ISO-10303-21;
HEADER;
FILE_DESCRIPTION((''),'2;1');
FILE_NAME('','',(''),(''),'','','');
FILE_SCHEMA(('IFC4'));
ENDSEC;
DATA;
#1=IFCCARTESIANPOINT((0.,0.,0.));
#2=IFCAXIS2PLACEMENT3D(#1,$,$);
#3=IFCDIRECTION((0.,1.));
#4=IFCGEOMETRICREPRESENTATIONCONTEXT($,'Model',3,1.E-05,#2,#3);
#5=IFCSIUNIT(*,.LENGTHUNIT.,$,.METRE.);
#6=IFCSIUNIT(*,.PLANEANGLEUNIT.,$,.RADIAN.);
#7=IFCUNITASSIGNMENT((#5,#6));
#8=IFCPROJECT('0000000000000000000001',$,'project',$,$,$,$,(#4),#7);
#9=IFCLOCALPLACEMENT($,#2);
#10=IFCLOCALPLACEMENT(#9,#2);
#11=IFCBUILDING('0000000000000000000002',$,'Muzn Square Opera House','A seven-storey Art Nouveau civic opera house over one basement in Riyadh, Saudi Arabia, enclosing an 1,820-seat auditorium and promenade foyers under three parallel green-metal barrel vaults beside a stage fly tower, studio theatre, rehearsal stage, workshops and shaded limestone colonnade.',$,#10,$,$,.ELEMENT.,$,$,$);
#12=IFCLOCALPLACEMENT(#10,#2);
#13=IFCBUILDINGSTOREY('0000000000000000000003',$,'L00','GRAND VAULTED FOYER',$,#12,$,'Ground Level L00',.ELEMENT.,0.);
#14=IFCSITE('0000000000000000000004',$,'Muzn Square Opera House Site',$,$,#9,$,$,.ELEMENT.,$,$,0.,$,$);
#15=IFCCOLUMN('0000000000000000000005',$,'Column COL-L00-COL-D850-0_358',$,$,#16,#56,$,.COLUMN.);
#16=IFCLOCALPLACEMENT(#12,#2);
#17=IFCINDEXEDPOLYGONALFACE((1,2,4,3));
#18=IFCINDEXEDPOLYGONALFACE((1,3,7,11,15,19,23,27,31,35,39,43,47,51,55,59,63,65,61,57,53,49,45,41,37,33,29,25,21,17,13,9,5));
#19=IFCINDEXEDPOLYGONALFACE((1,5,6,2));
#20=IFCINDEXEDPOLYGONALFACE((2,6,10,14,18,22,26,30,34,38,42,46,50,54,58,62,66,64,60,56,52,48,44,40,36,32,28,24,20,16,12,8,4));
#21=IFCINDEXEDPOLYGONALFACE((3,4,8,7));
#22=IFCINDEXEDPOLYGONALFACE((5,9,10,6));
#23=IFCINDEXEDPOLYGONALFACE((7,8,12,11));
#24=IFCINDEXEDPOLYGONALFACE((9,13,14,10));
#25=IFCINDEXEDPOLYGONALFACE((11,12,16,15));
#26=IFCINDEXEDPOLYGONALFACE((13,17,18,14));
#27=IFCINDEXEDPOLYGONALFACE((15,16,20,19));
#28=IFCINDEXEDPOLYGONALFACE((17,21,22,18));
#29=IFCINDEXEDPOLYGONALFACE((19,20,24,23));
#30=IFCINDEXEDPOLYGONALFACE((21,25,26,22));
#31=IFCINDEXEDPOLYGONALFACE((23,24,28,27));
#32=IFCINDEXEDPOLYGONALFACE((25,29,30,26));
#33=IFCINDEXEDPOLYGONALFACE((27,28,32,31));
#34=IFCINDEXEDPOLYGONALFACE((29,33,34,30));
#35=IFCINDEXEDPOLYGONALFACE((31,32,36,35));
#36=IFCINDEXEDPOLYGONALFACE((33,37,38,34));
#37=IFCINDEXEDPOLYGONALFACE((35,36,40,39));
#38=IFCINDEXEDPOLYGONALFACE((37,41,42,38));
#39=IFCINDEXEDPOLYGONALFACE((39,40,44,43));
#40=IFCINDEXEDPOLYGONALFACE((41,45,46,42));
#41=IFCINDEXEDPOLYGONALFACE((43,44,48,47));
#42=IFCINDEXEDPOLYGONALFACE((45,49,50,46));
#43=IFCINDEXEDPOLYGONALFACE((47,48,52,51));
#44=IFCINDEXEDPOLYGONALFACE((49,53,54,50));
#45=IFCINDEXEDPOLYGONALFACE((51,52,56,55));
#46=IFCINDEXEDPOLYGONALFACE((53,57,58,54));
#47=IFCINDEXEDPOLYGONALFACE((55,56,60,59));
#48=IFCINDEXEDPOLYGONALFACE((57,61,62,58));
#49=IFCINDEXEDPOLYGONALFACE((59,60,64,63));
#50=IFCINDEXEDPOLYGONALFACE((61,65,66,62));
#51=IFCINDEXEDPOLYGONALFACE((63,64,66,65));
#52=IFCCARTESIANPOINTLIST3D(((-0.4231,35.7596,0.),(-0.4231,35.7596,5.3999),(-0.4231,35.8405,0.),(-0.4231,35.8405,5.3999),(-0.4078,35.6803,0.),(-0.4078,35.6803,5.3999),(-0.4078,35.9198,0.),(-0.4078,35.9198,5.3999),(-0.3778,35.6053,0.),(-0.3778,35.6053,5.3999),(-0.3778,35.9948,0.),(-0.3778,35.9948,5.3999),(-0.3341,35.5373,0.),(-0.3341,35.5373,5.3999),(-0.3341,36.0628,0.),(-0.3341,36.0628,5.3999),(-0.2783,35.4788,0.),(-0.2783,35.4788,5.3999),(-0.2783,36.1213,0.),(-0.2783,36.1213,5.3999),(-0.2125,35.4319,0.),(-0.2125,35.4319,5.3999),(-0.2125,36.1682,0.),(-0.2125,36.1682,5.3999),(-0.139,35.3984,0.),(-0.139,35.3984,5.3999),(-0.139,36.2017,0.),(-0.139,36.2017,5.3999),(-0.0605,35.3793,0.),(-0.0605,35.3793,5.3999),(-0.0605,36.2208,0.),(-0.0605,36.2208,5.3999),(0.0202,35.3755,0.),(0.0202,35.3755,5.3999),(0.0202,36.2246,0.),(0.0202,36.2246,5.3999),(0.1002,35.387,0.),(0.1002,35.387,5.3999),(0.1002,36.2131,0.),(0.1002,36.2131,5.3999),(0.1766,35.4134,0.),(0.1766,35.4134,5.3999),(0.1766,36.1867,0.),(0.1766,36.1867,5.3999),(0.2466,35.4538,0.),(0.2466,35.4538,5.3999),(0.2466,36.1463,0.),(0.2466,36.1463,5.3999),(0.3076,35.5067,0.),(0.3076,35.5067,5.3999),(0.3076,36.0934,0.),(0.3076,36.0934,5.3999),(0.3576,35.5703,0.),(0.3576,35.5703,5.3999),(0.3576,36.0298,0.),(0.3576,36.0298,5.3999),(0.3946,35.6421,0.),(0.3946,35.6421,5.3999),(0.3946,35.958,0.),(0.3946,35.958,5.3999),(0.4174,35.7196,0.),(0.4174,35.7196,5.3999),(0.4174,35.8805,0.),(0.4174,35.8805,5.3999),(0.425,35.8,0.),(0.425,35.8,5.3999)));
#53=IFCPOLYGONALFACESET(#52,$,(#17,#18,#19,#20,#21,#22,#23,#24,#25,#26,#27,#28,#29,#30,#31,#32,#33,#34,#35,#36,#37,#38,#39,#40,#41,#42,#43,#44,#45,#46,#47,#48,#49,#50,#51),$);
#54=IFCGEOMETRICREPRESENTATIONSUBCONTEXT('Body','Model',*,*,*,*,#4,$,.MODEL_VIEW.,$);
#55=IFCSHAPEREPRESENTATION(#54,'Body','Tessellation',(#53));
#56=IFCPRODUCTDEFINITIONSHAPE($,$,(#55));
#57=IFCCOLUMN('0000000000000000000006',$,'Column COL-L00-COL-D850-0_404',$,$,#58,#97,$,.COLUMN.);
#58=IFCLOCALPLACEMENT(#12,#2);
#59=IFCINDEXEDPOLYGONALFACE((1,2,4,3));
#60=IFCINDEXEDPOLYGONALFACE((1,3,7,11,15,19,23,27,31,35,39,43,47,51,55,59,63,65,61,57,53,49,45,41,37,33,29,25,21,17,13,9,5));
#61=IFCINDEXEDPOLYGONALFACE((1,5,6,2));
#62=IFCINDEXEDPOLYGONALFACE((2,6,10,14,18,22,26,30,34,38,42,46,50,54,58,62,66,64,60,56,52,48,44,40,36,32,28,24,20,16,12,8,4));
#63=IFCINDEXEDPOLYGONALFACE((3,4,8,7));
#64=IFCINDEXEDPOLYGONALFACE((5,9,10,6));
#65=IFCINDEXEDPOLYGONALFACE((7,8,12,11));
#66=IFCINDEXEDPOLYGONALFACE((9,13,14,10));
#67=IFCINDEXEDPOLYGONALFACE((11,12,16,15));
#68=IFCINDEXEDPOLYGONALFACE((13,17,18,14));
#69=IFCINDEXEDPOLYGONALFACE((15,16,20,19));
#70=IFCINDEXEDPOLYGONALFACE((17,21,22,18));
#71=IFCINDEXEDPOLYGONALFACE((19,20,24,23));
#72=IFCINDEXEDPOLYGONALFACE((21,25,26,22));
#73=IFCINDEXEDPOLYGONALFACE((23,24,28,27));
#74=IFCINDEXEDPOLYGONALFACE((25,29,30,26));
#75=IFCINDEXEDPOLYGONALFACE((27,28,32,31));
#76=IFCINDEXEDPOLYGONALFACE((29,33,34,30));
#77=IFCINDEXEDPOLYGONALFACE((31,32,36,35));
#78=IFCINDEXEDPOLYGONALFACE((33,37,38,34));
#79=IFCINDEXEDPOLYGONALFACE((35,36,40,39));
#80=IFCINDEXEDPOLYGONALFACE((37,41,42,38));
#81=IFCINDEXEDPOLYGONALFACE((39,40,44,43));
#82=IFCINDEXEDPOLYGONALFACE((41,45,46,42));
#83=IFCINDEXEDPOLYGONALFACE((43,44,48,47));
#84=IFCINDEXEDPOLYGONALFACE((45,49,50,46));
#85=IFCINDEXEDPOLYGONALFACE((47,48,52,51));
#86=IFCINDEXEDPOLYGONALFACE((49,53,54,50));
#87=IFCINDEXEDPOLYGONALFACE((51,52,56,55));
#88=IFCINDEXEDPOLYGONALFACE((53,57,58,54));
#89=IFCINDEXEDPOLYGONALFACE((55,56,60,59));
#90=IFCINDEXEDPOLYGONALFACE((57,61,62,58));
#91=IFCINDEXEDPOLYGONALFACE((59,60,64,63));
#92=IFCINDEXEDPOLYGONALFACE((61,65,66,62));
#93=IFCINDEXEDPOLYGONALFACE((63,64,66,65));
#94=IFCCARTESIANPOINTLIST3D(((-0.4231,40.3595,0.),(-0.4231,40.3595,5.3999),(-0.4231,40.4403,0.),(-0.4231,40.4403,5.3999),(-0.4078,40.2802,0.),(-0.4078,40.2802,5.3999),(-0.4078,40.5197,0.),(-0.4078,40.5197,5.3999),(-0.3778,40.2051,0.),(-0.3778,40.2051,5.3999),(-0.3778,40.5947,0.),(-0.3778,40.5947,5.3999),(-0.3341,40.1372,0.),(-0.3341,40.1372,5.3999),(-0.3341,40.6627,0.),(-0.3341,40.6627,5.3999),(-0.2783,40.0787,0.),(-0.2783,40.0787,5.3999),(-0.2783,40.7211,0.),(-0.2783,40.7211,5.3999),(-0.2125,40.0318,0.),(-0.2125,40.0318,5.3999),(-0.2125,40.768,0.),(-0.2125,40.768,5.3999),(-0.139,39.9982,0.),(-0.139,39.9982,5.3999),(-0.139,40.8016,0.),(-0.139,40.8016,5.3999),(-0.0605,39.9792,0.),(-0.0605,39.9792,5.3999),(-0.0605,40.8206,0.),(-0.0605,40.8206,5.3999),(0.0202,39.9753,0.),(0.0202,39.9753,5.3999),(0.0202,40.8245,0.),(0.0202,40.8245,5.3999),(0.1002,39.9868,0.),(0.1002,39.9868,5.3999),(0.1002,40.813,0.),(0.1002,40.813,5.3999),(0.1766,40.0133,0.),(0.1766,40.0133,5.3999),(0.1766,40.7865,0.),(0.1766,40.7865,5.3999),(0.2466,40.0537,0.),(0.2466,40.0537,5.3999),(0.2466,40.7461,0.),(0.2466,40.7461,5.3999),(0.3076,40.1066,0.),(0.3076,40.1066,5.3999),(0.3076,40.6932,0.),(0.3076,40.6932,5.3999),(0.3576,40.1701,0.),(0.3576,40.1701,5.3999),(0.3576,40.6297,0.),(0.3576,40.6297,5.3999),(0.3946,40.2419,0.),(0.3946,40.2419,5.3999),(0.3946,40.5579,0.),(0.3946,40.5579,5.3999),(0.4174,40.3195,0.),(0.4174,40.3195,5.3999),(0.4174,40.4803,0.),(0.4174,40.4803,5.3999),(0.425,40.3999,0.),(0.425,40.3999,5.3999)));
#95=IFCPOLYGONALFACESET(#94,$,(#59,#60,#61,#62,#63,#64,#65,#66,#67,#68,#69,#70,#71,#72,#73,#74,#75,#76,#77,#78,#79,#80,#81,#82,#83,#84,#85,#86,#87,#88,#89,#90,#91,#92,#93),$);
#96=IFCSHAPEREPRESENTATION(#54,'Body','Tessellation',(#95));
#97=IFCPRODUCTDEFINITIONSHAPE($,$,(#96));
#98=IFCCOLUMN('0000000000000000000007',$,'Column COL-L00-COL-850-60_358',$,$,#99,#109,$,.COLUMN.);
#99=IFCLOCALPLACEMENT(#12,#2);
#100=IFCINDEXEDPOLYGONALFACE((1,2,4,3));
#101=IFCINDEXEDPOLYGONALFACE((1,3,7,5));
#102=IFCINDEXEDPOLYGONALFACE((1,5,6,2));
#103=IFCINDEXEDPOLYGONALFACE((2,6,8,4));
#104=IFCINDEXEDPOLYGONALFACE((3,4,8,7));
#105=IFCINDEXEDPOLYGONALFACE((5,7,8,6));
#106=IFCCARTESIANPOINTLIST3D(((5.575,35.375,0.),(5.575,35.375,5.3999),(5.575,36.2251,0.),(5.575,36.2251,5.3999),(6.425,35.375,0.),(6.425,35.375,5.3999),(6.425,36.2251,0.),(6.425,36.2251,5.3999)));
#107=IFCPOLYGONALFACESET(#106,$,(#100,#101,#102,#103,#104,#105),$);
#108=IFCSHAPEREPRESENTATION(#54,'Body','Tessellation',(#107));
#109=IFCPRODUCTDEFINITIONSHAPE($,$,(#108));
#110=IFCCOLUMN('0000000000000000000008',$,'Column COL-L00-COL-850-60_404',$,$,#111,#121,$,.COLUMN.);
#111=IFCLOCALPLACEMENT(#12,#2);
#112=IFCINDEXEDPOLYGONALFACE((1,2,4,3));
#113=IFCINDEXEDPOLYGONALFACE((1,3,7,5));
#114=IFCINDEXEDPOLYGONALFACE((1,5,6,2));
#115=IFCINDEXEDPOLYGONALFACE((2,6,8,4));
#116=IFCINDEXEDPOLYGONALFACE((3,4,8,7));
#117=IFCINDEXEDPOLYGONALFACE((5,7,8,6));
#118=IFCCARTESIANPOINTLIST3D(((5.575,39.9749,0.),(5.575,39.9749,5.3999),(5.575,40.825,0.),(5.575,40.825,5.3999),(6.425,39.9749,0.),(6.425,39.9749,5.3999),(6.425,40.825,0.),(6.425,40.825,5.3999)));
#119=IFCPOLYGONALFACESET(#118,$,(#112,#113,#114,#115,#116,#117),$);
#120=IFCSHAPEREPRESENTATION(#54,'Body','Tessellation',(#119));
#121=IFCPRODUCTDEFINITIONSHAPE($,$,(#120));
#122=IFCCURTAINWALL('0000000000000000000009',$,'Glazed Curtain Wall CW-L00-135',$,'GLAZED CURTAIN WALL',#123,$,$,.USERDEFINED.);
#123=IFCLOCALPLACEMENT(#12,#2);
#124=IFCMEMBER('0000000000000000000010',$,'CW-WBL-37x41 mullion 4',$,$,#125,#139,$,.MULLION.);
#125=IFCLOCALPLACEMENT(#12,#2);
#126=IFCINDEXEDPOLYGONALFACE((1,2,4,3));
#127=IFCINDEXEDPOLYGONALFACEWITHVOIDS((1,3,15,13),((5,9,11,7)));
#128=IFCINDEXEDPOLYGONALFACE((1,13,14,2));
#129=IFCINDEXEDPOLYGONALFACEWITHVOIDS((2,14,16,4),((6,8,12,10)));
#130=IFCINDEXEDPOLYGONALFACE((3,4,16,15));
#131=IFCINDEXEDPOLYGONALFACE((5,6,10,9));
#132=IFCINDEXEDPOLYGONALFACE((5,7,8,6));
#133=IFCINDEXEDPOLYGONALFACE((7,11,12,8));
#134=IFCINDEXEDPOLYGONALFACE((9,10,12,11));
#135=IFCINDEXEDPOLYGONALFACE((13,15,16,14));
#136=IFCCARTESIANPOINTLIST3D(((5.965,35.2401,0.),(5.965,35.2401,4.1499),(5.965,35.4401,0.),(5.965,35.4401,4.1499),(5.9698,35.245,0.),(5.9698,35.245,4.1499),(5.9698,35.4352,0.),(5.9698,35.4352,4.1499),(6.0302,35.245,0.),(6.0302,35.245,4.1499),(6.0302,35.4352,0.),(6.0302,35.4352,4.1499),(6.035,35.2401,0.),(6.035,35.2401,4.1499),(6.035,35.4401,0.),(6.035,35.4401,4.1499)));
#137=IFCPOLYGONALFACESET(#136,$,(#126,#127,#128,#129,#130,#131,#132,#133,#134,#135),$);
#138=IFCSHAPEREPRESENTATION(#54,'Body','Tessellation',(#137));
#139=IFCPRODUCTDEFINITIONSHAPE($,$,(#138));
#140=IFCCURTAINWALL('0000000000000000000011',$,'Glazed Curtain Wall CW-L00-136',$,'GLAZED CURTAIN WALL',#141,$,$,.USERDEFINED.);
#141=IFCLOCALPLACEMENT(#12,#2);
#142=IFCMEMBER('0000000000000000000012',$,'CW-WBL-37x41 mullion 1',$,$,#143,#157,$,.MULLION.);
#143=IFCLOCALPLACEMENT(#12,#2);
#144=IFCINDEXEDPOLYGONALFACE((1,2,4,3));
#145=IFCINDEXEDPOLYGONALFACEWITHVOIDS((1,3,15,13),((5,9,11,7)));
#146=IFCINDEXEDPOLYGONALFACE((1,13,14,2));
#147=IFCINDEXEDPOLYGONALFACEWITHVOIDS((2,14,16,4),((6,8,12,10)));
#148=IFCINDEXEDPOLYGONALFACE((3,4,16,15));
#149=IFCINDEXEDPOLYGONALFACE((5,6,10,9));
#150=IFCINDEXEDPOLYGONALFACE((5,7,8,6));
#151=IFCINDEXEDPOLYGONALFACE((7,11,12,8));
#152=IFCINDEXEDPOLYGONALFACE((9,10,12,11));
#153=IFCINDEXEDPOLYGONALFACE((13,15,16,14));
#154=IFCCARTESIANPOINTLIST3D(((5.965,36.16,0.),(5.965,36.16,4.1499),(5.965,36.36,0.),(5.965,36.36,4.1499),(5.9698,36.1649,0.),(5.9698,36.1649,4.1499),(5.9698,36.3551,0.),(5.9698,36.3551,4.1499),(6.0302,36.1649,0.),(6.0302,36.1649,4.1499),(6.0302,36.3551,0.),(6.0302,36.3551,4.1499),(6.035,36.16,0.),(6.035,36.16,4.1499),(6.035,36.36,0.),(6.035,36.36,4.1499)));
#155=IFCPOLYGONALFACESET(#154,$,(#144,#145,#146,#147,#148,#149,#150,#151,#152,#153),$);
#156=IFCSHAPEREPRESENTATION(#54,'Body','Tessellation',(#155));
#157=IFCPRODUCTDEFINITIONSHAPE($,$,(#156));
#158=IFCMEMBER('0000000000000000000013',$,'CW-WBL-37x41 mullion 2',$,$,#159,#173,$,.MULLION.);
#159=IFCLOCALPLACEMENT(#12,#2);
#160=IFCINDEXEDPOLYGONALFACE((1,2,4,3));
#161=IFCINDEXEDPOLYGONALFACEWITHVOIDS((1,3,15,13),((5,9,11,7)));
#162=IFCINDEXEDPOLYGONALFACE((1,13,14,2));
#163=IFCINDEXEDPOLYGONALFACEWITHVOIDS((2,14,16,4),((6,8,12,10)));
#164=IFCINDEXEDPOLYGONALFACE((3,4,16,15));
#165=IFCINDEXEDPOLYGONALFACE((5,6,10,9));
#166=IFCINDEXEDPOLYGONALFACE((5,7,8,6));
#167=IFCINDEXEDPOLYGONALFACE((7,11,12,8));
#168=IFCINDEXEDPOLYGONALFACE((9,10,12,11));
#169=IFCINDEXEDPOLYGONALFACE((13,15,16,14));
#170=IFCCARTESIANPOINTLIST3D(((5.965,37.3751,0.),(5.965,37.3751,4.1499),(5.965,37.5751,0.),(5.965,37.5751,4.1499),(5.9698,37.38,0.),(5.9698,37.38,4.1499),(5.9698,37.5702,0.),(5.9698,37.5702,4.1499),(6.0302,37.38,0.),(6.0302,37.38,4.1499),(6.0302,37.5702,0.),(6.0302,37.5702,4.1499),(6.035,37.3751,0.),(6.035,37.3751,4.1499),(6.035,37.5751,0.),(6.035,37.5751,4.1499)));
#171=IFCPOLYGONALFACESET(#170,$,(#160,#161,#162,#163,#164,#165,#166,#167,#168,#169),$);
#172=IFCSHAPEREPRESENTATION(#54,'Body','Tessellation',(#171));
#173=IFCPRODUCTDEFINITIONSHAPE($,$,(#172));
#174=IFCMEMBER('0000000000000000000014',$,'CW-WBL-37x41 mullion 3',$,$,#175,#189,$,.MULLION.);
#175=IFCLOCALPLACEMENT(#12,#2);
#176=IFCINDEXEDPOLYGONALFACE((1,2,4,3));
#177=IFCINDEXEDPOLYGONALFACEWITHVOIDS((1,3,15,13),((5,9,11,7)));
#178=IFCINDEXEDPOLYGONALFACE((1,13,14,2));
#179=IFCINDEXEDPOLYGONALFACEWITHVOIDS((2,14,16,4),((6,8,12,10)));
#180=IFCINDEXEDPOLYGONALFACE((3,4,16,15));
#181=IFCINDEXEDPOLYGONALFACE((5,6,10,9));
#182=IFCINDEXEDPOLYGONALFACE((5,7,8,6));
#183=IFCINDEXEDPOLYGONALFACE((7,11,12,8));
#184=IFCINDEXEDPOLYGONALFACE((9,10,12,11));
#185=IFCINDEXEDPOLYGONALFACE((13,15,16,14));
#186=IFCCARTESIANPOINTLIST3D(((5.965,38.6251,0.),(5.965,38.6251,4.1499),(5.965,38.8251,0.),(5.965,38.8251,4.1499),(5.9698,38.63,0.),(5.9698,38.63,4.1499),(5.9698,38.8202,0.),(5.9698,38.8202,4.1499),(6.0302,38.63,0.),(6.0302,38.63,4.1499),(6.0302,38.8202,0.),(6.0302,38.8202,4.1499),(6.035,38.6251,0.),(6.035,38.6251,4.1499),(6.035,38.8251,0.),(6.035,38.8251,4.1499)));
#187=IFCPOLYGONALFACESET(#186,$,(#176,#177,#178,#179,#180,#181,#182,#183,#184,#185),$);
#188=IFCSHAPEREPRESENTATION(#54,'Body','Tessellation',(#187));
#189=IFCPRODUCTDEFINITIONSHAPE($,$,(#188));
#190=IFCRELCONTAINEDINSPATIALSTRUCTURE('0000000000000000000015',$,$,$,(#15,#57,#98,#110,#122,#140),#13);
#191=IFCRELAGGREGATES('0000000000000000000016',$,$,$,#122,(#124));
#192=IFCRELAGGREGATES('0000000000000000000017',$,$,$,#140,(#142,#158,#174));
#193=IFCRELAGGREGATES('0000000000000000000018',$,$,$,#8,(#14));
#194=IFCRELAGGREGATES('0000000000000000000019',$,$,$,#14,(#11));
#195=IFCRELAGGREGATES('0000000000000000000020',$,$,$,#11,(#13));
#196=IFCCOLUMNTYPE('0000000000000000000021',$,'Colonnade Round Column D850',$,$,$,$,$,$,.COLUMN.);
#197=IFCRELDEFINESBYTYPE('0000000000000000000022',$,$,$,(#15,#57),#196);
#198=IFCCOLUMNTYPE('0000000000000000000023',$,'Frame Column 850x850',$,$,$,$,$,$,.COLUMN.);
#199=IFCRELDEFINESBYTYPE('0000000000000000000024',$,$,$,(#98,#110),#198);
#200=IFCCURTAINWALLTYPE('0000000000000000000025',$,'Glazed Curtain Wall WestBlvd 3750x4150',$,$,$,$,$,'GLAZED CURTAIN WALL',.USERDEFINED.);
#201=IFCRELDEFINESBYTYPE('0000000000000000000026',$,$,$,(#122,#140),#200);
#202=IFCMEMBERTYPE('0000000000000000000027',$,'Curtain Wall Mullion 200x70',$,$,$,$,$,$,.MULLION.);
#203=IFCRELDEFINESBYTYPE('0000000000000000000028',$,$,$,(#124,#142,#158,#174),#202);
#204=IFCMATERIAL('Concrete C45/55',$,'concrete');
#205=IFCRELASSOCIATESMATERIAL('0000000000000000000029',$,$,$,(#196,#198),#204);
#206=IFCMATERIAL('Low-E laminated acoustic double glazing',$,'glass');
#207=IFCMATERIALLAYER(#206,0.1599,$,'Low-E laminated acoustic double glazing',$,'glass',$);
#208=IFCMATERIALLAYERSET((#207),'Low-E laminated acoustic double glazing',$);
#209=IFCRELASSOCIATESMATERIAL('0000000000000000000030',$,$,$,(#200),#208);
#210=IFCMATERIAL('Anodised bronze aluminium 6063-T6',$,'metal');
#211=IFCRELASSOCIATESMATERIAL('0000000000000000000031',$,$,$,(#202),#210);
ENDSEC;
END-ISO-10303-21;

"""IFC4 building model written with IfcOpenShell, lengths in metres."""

from ifc_helpers import new_model, si_unit, direction, frame, origin, origin_2d, place, context, subcontext, project, spatial, rectangle, hollow_rectangle, circle, extrude, material, layer, layer_set, material_profile, profile_set, type_object, element, aggregate, save


model = new_model("IFC4")

# Units and contexts
model_context = context("Model", 3, precision=1e-05, world=origin(), true_north=direction((0.0, 1.0)))
body_context = subcontext(model_context, "Body", "Model", "MODEL_VIEW")
ifc_project = project(units=[si_unit("LENGTHUNIT", "METRE"), si_unit("PLANEANGLEUNIT", "RADIAN")], contexts=[model_context])

# Site, building, storey
site_placement = place(None, origin())
site = spatial("IfcSite", under=ifc_project, at=site_placement, Name="Muzn Square Opera House Site", CompositionType="ELEMENT", RefElevation=0.0)
building_placement = place(site_placement, origin())
building = spatial("IfcBuilding", under=site, at=building_placement, Name="Muzn Square Opera House", Description="A seven-storey Art Nouveau civic opera house over one basement in Riyadh, Saudi Arabia, enclosing an 1,820-seat auditorium and promenade foyers under three parallel green-metal barrel vaults beside a stage fly tower, studio theatre, rehearsal stage, workshops and shaded limestone colonnade.", CompositionType="ELEMENT")
storey_placement = place(building_placement, origin())
storey = spatial("IfcBuildingStorey", under=building, at=storey_placement, Name="L00", Description="GRAND VAULTED FOYER", LongName="Ground Level L00", CompositionType="ELEMENT", Elevation=0.0)

# Columns
ifc_material_1 = material(Name="Concrete C45/55", Category="concrete")
ifc_material_profile_1 = material_profile(ifc_material_1, circle(Radius=0.425, at=origin_2d()), Name="RCC D850", Category="concrete")
ifc_profile_set_1 = profile_set([ifc_material_profile_1], Name="Concrete C45/55")
column_type_1 = type_object("IfcColumnType", Name="Colonnade Round Column D850", PredefinedType="COLUMN", material=ifc_profile_set_1)
for number, where, z_axis, x_axis, name in (
    (1, (0.0, 35.8, 0.0), (0.0, 0.0, 1.0), (1.0, 0.0, 0.0), "Column COL-L00-COL-D850-0_358"),
    (2, (0.0, 40.3999, 0.0), (0.0, 0.0, 1.0), (1.0, 0.0, 0.0), "Column COL-L00-COL-D850-0_404"),
):
    element("IfcColumn", number, at=place(storey_placement, frame(where, z_axis=z_axis, x_axis=x_axis)), inside=storey, type_object=column_type_1, Name=name, PredefinedType="COLUMN", context=body_context, shape_type="SweptSolid", body=[
        extrude(circle(Radius=0.425, at=origin_2d()), origin(), (0.0, 0.0, 1.0), 5.3999),
    ])
ifc_material_profile_2 = material_profile(ifc_material_1, rectangle(XDim=0.8501, YDim=0.8501, at=origin_2d()), Name="RC 850x850", Category="concrete")
ifc_profile_set_2 = profile_set([ifc_material_profile_2], Name="Concrete C45/55")
column_type_2 = type_object("IfcColumnType", Name="Frame Column 850x850", PredefinedType="COLUMN", material=ifc_profile_set_2)
for number, where, z_axis, x_axis, name in (
    (3, (6.0, 35.8, 0.0), (0.0, 0.0, 1.0), (1.0, 0.0, 0.0), "Column COL-L00-COL-850-60_358"),
    (4, (6.0, 40.3999, 0.0), (0.0, 0.0, 1.0), (1.0, 0.0, 0.0), "Column COL-L00-COL-850-60_404"),
):
    element("IfcColumn", number, at=place(storey_placement, frame(where, z_axis=z_axis, x_axis=x_axis)), inside=storey, type_object=column_type_2, Name=name, PredefinedType="COLUMN", context=body_context, shape_type="SweptSolid", body=[
        extrude(rectangle(XDim=0.8501, YDim=0.8501, at=origin_2d()), origin(), (0.0, 0.0, 1.0), 5.3999),
    ])

# Curtain wall, member
ifc_material_2 = material(Name="Low-E laminated acoustic double glazing", Category="glass")
ifc_layer_1 = layer(ifc_material_2, 0.1599, Name="Low-E laminated acoustic double glazing", Category="glass")
ifc_layer_set_1 = layer_set([ifc_layer_1], Name="Low-E laminated acoustic double glazing")
curtain_wall_type = type_object("IfcCurtainWallType", Name="Glazed Curtain Wall WestBlvd 3750x4150", ElementType="GLAZED CURTAIN WALL", PredefinedType="USERDEFINED", material=ifc_layer_set_1)
curtain_wall_1_placement = place(storey_placement, origin())
curtain_wall_1 = element("IfcCurtainWall", 5, at=curtain_wall_1_placement, inside=storey, type_object=curtain_wall_type, Name="Glazed Curtain Wall CW-L00-135", ObjectType="GLAZED CURTAIN WALL", PredefinedType="USERDEFINED")
ifc_material_3 = material(Name="Anodised bronze aluminium 6063-T6", Category="metal")
ifc_material_profile_3 = material_profile(ifc_material_3, hollow_rectangle(XDim=0.0701, YDim=0.2, WallThickness=0.0049, at=origin_2d()), Name="ALU 200x70x5", Category="metal")
ifc_profile_set_3 = profile_set([ifc_material_profile_3], Name="Anodised bronze aluminium 6063-T6")
member_type_1 = type_object("IfcMemberType", Name="Curtain Wall Mullion 200x70", PredefinedType="MULLION", material=ifc_profile_set_3)
member_1_placement = place(storey_placement, frame((6.0, 35.3401, 0.0), z_axis=(0.0, 0.0, 1.0), x_axis=(-1.0, 0.0, 0.0)))
member_1 = element("IfcMember", 6, at=member_1_placement, type_object=member_type_1, Name="CW-WBL-37x41 mullion 4", PredefinedType="MULLION", context=body_context, shape_type="SweptSolid", body=[
    extrude(hollow_rectangle(XDim=0.0701, YDim=0.2, WallThickness=0.0049, at=origin_2d()), origin(), (0.0, 0.0, 1.0), 4.1499),
])

# Curtain wall, members
curtain_wall_2_placement = place(storey_placement, origin())
curtain_wall_2 = element("IfcCurtainWall", 7, at=curtain_wall_2_placement, inside=storey, type_object=curtain_wall_type, Name="Glazed Curtain Wall CW-L00-136", ObjectType="GLAZED CURTAIN WALL", PredefinedType="USERDEFINED")
member_2_placement = place(storey_placement, frame((6.0, 36.26, 0.0), z_axis=(0.0, 0.0, 1.0), x_axis=(-1.0, 0.0, 0.0)))
member_2 = element("IfcMember", 8, at=member_2_placement, type_object=member_type_1, Name="CW-WBL-37x41 mullion 1", PredefinedType="MULLION", context=body_context, shape_type="SweptSolid", body=[
    extrude(hollow_rectangle(XDim=0.0701, YDim=0.2, WallThickness=0.0049, at=origin_2d()), origin(), (0.0, 0.0, 1.0), 4.1499),
])
member_3_placement = place(storey_placement, frame((6.0, 37.4751, 0.0), z_axis=(0.0, 0.0, 1.0), x_axis=(-1.0, 0.0, 0.0)))
member_3 = element("IfcMember", 9, at=member_3_placement, type_object=member_type_1, Name="CW-WBL-37x41 mullion 2", PredefinedType="MULLION", context=body_context, shape_type="SweptSolid", body=[
    extrude(hollow_rectangle(XDim=0.0701, YDim=0.2, WallThickness=0.0049, at=origin_2d()), origin(), (0.0, 0.0, 1.0), 4.1499),
])
member_4_placement = place(storey_placement, frame((6.0, 38.7251, 0.0), z_axis=(0.0, 0.0, 1.0), x_axis=(-1.0, 0.0, 0.0)))
member_4 = element("IfcMember", 10, at=member_4_placement, type_object=member_type_1, Name="CW-WBL-37x41 mullion 3", PredefinedType="MULLION", context=body_context, shape_type="SweptSolid", body=[
    extrude(hollow_rectangle(XDim=0.0701, YDim=0.2, WallThickness=0.0049, at=origin_2d()), origin(), (0.0, 0.0, 1.0), 4.1499),
])

aggregate(curtain_wall_1, [member_1])
aggregate(curtain_wall_2, [member_2, member_3, member_4])

save(model, "model.ifc")
